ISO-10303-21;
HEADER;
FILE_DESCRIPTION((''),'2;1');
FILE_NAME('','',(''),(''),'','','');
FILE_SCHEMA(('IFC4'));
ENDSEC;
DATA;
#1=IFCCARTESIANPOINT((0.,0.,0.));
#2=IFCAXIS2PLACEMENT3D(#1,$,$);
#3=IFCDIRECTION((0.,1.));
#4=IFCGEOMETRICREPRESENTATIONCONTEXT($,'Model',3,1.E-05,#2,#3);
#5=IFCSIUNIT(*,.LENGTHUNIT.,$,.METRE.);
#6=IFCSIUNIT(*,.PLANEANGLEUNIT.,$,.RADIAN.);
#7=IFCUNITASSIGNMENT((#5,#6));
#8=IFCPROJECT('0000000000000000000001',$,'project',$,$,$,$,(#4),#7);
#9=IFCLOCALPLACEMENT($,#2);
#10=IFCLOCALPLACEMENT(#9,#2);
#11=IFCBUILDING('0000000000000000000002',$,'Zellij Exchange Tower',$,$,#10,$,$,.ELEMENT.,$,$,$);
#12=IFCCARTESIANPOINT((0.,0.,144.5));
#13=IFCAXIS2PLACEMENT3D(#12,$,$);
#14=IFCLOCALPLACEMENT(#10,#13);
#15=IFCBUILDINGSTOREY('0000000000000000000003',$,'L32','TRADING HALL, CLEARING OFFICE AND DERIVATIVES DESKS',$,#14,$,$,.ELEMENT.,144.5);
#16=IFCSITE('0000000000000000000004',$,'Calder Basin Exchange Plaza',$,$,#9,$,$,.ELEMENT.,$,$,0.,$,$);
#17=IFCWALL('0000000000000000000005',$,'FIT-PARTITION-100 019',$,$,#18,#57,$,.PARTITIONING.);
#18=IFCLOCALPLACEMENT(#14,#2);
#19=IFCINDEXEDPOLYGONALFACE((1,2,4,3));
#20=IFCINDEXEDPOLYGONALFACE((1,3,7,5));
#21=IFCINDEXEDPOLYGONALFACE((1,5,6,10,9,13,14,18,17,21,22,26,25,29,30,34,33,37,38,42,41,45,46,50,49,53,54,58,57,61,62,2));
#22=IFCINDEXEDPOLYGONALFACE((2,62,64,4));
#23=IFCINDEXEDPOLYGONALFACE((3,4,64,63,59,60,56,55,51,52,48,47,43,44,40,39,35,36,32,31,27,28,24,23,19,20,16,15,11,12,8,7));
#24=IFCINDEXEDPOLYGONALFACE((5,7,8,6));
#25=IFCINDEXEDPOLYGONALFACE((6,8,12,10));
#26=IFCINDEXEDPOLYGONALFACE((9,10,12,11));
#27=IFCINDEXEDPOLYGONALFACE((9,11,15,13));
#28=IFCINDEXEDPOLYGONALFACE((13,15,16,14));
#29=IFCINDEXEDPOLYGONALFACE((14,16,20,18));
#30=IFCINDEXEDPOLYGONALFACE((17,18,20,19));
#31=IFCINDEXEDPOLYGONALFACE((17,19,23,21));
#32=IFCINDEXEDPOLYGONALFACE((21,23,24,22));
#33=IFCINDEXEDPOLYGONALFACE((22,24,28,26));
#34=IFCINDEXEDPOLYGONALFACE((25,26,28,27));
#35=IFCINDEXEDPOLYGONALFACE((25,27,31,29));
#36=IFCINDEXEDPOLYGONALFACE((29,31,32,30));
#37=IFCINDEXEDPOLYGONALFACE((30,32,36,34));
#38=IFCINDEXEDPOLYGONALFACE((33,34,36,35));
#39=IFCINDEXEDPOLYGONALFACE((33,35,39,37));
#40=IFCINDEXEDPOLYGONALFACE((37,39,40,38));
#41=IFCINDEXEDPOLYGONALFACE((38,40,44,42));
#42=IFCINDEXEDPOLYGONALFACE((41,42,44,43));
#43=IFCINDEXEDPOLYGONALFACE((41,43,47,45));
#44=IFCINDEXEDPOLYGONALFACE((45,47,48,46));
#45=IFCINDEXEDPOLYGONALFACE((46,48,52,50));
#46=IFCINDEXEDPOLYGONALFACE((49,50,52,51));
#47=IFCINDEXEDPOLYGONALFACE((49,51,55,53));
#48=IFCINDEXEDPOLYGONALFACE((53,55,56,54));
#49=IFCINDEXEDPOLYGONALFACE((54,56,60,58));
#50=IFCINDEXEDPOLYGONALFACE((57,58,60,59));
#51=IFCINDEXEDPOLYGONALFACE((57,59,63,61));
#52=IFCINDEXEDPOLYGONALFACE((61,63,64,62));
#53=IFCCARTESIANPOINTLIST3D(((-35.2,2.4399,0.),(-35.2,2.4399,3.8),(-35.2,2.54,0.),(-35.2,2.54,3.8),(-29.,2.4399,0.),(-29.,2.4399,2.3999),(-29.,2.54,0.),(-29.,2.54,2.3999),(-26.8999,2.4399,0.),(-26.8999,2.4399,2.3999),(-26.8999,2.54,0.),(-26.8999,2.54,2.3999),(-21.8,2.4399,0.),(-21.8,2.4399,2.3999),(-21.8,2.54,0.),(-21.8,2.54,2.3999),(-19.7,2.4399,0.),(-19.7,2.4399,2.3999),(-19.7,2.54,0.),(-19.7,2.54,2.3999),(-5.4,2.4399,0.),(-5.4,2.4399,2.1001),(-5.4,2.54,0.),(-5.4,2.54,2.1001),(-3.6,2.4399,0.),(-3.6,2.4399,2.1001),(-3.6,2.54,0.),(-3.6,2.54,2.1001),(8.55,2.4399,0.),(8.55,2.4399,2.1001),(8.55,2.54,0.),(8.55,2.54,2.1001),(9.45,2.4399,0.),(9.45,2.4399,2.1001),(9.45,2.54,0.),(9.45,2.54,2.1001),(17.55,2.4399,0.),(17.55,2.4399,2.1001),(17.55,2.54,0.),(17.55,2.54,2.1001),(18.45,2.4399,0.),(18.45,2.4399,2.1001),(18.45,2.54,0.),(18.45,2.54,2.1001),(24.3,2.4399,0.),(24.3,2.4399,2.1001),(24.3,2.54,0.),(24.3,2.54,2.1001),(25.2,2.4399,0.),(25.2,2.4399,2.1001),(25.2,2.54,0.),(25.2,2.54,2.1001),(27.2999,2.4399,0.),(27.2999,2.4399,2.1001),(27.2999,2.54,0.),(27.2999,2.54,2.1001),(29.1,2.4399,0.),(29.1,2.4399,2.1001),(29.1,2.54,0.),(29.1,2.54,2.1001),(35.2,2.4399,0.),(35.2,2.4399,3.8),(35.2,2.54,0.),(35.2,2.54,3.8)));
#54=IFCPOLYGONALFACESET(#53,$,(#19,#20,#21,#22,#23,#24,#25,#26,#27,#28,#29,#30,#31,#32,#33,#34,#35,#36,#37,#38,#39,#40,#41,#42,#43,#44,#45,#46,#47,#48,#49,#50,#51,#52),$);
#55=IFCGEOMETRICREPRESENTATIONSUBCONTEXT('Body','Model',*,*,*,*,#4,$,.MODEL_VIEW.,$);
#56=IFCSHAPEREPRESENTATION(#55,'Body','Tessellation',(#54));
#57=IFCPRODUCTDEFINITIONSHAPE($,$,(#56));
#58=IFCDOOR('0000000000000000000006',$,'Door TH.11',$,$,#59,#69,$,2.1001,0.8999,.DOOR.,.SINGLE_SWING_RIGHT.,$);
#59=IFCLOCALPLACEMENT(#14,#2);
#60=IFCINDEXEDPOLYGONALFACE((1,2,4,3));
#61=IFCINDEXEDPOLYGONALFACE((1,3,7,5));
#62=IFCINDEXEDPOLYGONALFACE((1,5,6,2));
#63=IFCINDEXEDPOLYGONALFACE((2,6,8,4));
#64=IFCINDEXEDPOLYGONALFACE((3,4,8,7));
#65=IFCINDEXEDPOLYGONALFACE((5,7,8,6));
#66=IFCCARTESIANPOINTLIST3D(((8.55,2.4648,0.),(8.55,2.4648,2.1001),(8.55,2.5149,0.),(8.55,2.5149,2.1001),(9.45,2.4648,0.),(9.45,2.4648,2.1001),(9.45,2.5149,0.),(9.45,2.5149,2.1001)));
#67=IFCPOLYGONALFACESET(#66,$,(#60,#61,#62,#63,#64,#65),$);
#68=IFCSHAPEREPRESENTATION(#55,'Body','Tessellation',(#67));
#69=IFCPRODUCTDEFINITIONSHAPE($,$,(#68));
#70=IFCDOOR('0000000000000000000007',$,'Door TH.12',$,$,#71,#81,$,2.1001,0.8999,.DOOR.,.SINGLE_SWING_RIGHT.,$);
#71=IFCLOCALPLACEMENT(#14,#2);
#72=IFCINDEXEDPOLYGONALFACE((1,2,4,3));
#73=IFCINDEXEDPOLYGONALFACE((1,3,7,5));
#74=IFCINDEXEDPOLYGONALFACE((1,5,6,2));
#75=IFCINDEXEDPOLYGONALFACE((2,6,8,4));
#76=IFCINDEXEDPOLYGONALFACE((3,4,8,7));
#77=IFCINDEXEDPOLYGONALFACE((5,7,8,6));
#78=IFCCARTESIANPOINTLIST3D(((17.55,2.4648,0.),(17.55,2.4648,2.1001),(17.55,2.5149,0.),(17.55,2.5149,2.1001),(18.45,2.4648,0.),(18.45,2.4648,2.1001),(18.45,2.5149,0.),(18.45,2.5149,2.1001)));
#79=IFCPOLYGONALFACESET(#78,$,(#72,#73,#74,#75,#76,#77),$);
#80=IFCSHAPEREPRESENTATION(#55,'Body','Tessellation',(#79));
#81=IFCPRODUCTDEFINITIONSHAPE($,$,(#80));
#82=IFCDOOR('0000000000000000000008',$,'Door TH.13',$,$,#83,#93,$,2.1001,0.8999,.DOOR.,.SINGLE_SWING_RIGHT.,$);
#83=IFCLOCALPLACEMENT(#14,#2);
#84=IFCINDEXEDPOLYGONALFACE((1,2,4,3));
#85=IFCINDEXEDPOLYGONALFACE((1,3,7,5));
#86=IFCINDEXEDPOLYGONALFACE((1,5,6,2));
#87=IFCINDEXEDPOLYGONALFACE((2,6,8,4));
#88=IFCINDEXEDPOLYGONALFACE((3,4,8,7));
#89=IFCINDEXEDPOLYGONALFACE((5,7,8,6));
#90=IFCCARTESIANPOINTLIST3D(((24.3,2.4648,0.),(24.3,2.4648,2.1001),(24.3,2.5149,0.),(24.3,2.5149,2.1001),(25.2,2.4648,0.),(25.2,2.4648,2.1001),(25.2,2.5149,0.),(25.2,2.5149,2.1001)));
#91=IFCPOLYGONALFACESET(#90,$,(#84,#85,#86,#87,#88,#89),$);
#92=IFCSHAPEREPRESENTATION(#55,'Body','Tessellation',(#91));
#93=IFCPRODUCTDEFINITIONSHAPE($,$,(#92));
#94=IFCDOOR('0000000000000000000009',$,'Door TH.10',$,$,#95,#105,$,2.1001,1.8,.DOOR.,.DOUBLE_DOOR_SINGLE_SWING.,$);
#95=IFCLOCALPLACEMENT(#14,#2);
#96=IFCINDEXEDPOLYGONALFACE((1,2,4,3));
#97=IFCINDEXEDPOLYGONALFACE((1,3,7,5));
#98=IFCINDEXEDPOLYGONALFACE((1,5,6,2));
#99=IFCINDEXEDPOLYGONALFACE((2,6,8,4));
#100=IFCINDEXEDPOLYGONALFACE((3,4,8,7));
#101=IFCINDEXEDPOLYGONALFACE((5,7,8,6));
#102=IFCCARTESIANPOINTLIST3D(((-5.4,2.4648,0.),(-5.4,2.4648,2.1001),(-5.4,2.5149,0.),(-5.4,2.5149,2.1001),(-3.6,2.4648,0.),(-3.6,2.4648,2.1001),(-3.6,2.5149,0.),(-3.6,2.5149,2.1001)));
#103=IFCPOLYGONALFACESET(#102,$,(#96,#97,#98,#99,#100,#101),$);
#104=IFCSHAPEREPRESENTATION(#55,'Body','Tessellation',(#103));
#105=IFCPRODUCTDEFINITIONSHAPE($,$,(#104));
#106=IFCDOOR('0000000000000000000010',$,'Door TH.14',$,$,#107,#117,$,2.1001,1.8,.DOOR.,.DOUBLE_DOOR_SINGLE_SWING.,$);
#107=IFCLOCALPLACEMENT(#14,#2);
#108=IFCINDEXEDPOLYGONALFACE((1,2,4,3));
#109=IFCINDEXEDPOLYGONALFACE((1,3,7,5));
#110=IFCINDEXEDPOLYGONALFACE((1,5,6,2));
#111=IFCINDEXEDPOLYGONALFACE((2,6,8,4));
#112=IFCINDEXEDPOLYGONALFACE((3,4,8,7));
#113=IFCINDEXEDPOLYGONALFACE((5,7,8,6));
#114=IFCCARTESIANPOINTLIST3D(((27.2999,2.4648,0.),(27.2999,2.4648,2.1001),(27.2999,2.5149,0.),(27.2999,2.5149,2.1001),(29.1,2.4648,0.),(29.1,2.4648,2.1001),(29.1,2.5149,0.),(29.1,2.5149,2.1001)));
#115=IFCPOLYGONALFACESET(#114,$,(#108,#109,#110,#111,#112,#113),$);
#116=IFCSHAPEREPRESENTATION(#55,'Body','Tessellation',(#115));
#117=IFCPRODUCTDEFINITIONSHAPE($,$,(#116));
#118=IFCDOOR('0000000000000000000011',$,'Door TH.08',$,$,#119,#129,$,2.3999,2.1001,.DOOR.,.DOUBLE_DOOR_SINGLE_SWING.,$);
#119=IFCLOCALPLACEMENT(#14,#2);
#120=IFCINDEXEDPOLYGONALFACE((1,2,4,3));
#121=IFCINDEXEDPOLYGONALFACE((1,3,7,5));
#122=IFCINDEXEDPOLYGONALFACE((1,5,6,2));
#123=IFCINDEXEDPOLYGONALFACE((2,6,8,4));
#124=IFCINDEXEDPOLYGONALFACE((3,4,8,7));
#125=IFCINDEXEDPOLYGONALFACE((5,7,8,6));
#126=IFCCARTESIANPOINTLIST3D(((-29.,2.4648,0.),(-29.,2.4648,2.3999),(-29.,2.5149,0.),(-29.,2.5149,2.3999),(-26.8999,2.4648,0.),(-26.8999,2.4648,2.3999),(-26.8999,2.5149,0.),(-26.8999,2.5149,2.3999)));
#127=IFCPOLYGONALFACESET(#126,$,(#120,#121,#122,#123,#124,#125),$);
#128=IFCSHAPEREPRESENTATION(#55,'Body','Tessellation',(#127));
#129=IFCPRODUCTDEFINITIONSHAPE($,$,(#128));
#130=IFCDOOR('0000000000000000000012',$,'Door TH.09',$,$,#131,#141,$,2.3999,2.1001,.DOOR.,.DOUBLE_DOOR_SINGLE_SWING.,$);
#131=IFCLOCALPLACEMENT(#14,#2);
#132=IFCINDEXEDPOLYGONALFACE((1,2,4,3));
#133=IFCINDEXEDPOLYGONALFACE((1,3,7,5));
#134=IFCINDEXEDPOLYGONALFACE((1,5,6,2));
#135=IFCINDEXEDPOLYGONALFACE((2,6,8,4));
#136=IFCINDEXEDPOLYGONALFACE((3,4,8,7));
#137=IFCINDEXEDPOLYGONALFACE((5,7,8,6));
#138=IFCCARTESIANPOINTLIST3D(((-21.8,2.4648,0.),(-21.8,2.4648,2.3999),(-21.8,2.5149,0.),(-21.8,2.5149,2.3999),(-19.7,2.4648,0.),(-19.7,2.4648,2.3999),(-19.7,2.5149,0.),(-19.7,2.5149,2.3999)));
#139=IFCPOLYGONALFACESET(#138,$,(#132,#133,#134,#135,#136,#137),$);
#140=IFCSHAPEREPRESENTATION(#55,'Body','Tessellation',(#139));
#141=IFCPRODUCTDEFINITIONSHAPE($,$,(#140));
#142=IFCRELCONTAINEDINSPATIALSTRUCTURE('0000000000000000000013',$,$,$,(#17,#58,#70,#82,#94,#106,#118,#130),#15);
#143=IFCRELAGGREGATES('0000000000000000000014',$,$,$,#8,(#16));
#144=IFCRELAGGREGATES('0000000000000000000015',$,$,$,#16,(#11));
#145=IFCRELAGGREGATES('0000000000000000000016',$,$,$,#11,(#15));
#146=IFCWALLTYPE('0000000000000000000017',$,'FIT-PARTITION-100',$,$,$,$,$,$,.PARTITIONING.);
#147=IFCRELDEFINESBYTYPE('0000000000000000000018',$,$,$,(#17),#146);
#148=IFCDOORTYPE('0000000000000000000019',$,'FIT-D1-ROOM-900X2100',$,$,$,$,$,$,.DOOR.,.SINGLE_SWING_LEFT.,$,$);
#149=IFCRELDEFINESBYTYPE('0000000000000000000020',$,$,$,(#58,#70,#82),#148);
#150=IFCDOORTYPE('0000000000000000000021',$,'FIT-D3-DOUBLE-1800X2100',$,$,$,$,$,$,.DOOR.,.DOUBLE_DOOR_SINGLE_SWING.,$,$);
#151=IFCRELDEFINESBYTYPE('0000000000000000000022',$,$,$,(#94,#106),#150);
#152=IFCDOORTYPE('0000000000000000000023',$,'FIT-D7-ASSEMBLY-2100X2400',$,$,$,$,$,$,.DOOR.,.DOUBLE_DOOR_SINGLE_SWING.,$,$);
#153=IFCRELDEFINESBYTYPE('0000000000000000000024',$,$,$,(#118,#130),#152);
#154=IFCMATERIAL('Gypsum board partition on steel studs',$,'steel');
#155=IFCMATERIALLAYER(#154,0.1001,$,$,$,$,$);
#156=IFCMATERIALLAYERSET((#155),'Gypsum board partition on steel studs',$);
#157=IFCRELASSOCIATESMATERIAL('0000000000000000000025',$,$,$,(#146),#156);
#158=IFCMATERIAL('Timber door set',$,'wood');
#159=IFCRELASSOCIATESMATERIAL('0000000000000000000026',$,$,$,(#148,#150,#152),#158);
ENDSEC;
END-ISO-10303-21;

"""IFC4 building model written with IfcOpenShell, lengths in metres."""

from ifc_helpers import new_model, si_unit, direction, frame, frame_2d, origin, place, context, subcontext, project, spatial, rectangle, extrude, material, layer, layer_set, type_object, element, fill, save


model = new_model("IFC4")

# Units and contexts
model_context = context("Model", 3, precision=1e-05, world=origin(), true_north=direction((0.0, 1.0)))
body_context = subcontext(model_context, "Body", "Model", "MODEL_VIEW")
ifc_project = project(units=[si_unit("LENGTHUNIT", "METRE"), si_unit("PLANEANGLEUNIT", "RADIAN")], contexts=[model_context])

# Site, building, storey
site_placement = place(None, origin())
site = spatial("IfcSite", under=ifc_project, at=site_placement, Name="Calder Basin Exchange Plaza", CompositionType="ELEMENT", RefElevation=0.0)
building_placement = place(site_placement, origin())
building = spatial("IfcBuilding", under=site, at=building_placement, Name="Zellij Exchange Tower", CompositionType="ELEMENT")
storey_placement = place(building_placement, frame((0.0, 0.0, 144.5)))
storey = spatial("IfcBuildingStorey", under=building, at=storey_placement, Name="L32", Description="TRADING HALL, CLEARING OFFICE AND DERIVATIVES DESKS", CompositionType="ELEMENT", Elevation=144.5)

# Wall, openings, doors
ifc_material_1 = material(Name="Gypsum board partition on steel studs", Category="steel")
ifc_layer_1 = layer(ifc_material_1, 0.1001)
ifc_layer_set_1 = layer_set([ifc_layer_1], Name="Gypsum board partition on steel studs")
wall_type_1 = type_object("IfcWallType", Name="FIT-PARTITION-100", PredefinedType="PARTITIONING", material=ifc_layer_set_1)
wall_1_placement = place(storey_placement, frame((-35.2, 2.49, 0.0), z_axis=(0.0, 0.0, 1.0), x_axis=(1.0, 0.0, 0.0)))
wall_1 = element("IfcWall", 1, at=wall_1_placement, inside=storey, type_object=wall_type_1, Name="FIT-PARTITION-100 019", PredefinedType="PARTITIONING", context=body_context, shape_type="SweptSolid", body=[
    extrude(rectangle(XDim=70.3999, YDim=0.1001, at=frame_2d((35.2, 0.0))), origin(), (0.0, 0.0, 1.0), 3.8),
])
opening_1_placement = place(wall_1_placement, frame((6.2, 0.0, 0.0)))
opening_1 = element("IfcOpeningElement", 2, at=opening_1_placement, cuts=wall_1, PredefinedType="OPENING", context=body_context, shape_type="SweptSolid", body=[
    extrude(rectangle(XDim=2.1001, YDim=2.3999, at=frame_2d((1.05, 1.2))), frame((0.0, 0.062, 0.0), z_axis=(0.0, -1.0, 0.0), x_axis=(1.0, 0.0, 0.0)), (0.0, 0.0, 1.0), 0.124),
])
opening_2_placement = place(wall_1_placement, frame((13.3999, 0.0, 0.0)))
opening_2 = element("IfcOpeningElement", 3, at=opening_2_placement, cuts=wall_1, PredefinedType="OPENING", context=body_context, shape_type="SweptSolid", body=[
    extrude(rectangle(XDim=2.1001, YDim=2.3999, at=frame_2d((1.05, 1.2))), frame((0.0, 0.062, 0.0), z_axis=(0.0, -1.0, 0.0), x_axis=(1.0, 0.0, 0.0)), (0.0, 0.0, 1.0), 0.124),
])
opening_3_placement = place(wall_1_placement, frame((29.8, 0.0, 0.0)))
opening_3 = element("IfcOpeningElement", 4, at=opening_3_placement, cuts=wall_1, PredefinedType="OPENING", context=body_context, shape_type="SweptSolid", body=[
    extrude(rectangle(XDim=1.8, YDim=2.1001, at=frame_2d((0.8999, 1.05))), frame((0.0, 0.062, 0.0), z_axis=(0.0, -1.0, 0.0), x_axis=(1.0, 0.0, 0.0)), (0.0, 0.0, 1.0), 0.124),
])
opening_4_placement = place(wall_1_placement, frame((43.75, 0.0, 0.0)))
opening_4 = element("IfcOpeningElement", 5, at=opening_4_placement, cuts=wall_1, PredefinedType="OPENING", context=body_context, shape_type="SweptSolid", body=[
    extrude(rectangle(XDim=0.8999, YDim=2.1001, at=frame_2d((0.45, 1.05))), frame((0.0, 0.062, 0.0), z_axis=(0.0, -1.0, 0.0), x_axis=(1.0, 0.0, 0.0)), (0.0, 0.0, 1.0), 0.124),
])
opening_5_placement = place(wall_1_placement, frame((52.75, 0.0, 0.0)))
opening_5 = element("IfcOpeningElement", 6, at=opening_5_placement, cuts=wall_1, PredefinedType="OPENING", context=body_context, shape_type="SweptSolid", body=[
    extrude(rectangle(XDim=0.8999, YDim=2.1001, at=frame_2d((0.45, 1.05))), frame((0.0, 0.062, 0.0), z_axis=(0.0, -1.0, 0.0), x_axis=(1.0, 0.0, 0.0)), (0.0, 0.0, 1.0), 0.124),
])
opening_6_placement = place(wall_1_placement, frame((59.5, 0.0, 0.0)))
opening_6 = element("IfcOpeningElement", 7, at=opening_6_placement, cuts=wall_1, PredefinedType="OPENING", context=body_context, shape_type="SweptSolid", body=[
    extrude(rectangle(XDim=0.8999, YDim=2.1001, at=frame_2d((0.45, 1.05))), frame((0.0, 0.062, 0.0), z_axis=(0.0, -1.0, 0.0), x_axis=(1.0, 0.0, 0.0)), (0.0, 0.0, 1.0), 0.124),
])
opening_7_placement = place(wall_1_placement, frame((62.5, 0.0, 0.0)))
opening_7 = element("IfcOpeningElement", 8, at=opening_7_placement, cuts=wall_1, PredefinedType="OPENING", context=body_context, shape_type="SweptSolid", body=[
    extrude(rectangle(XDim=1.8, YDim=2.1001, at=frame_2d((0.8999, 1.05))), frame((0.0, 0.062, 0.0), z_axis=(0.0, -1.0, 0.0), x_axis=(1.0, 0.0, 0.0)), (0.0, 0.0, 1.0), 0.124),
])
ifc_material_2 = material(Name="Timber door set", Category="wood")
door_type_1 = type_object("IfcDoorType", Name="FIT-D1-ROOM-900X2100", OperationType="SINGLE_SWING_LEFT", PredefinedType="DOOR", material=ifc_material_2)
door_1_placement = place(opening_4_placement, origin())
door_1 = element("IfcDoor", 9, at=door_1_placement, inside=storey, type_object=door_type_1, Name="Door TH.11", OperationType="SINGLE_SWING_RIGHT", OverallHeight=2.1001, OverallWidth=0.8999, PredefinedType="DOOR", context=body_context, shape_type="SweptSolid", body=[
    extrude(rectangle(XDim=0.8999, YDim=2.1001, at=frame_2d((0.45, 1.05))), frame((0.0, 0.0249, 0.0), z_axis=(0.0, -1.0, 0.0), x_axis=(1.0, 0.0, 0.0)), (0.0, 0.0, 1.0), 0.05),
])
fill(opening_4, door_1)
door_2_placement = place(opening_5_placement, origin())
door_2 = element("IfcDoor", 10, at=door_2_placement, inside=storey, type_object=door_type_1, Name="Door TH.12", OperationType="SINGLE_SWING_RIGHT", OverallHeight=2.1001, OverallWidth=0.8999, PredefinedType="DOOR", context=body_context, shape_type="SweptSolid", body=[
    extrude(rectangle(XDim=0.8999, YDim=2.1001, at=frame_2d((0.45, 1.05))), frame((0.0, 0.0249, 0.0), z_axis=(0.0, -1.0, 0.0), x_axis=(1.0, 0.0, 0.0)), (0.0, 0.0, 1.0), 0.05),
])
fill(opening_5, door_2)
door_3_placement = place(opening_6_placement, origin())
door_3 = element("IfcDoor", 11, at=door_3_placement, inside=storey, type_object=door_type_1, Name="Door TH.13", OperationType="SINGLE_SWING_RIGHT", OverallHeight=2.1001, OverallWidth=0.8999, PredefinedType="DOOR", context=body_context, shape_type="SweptSolid", body=[
    extrude(rectangle(XDim=0.8999, YDim=2.1001, at=frame_2d((0.45, 1.05))), frame((0.0, 0.0249, 0.0), z_axis=(0.0, -1.0, 0.0), x_axis=(1.0, 0.0, 0.0)), (0.0, 0.0, 1.0), 0.05),
])
fill(opening_6, door_3)
door_type_2 = type_object("IfcDoorType", Name="FIT-D3-DOUBLE-1800X2100", OperationType="DOUBLE_DOOR_SINGLE_SWING", PredefinedType="DOOR", material=ifc_material_2)
door_4_placement = place(opening_3_placement, origin())
door_4 = element("IfcDoor", 12, at=door_4_placement, inside=storey, type_object=door_type_2, Name="Door TH.10", OperationType="DOUBLE_DOOR_SINGLE_SWING", OverallHeight=2.1001, OverallWidth=1.8, PredefinedType="DOOR", context=body_context, shape_type="SweptSolid", body=[
    extrude(rectangle(XDim=1.8, YDim=2.1001, at=frame_2d((0.8999, 1.05))), frame((0.0, 0.0249, 0.0), z_axis=(0.0, -1.0, 0.0), x_axis=(1.0, 0.0, 0.0)), (0.0, 0.0, 1.0), 0.05),
])
fill(opening_3, door_4)
door_5_placement = place(opening_7_placement, origin())
door_5 = element("IfcDoor", 13, at=door_5_placement, inside=storey, type_object=door_type_2, Name="Door TH.14", OperationType="DOUBLE_DOOR_SINGLE_SWING", OverallHeight=2.1001, OverallWidth=1.8, PredefinedType="DOOR", context=body_context, shape_type="SweptSolid", body=[
    extrude(rectangle(XDim=1.8, YDim=2.1001, at=frame_2d((0.8999, 1.05))), frame((0.0, 0.0249, 0.0), z_axis=(0.0, -1.0, 0.0), x_axis=(1.0, 0.0, 0.0)), (0.0, 0.0, 1.0), 0.05),
])
fill(opening_7, door_5)
door_type_3 = type_object("IfcDoorType", Name="FIT-D7-ASSEMBLY-2100X2400", OperationType="DOUBLE_DOOR_SINGLE_SWING", PredefinedType="DOOR", material=ifc_material_2)
door_6_placement = place(opening_1_placement, origin())
door_6 = element("IfcDoor", 14, at=door_6_placement, inside=storey, type_object=door_type_3, Name="Door TH.08", OperationType="DOUBLE_DOOR_SINGLE_SWING", OverallHeight=2.3999, OverallWidth=2.1001, PredefinedType="DOOR", context=body_context, shape_type="SweptSolid", body=[
    extrude(rectangle(XDim=2.1001, YDim=2.3999, at=frame_2d((1.05, 1.2))), frame((0.0, 0.0249, 0.0), z_axis=(0.0, -1.0, 0.0), x_axis=(1.0, 0.0, 0.0)), (0.0, 0.0, 1.0), 0.05),
])
fill(opening_1, door_6)
door_7_placement = place(opening_2_placement, origin())
door_7 = element("IfcDoor", 15, at=door_7_placement, inside=storey, type_object=door_type_3, Name="Door TH.09", OperationType="DOUBLE_DOOR_SINGLE_SWING", OverallHeight=2.3999, OverallWidth=2.1001, PredefinedType="DOOR", context=body_context, shape_type="SweptSolid", body=[
    extrude(rectangle(XDim=2.1001, YDim=2.3999, at=frame_2d((1.05, 1.2))), frame((0.0, 0.0249, 0.0), z_axis=(0.0, -1.0, 0.0), x_axis=(1.0, 0.0, 0.0)), (0.0, 0.0, 1.0), 0.05),
])
fill(opening_2, door_7)

save(model, "model.ifc")
